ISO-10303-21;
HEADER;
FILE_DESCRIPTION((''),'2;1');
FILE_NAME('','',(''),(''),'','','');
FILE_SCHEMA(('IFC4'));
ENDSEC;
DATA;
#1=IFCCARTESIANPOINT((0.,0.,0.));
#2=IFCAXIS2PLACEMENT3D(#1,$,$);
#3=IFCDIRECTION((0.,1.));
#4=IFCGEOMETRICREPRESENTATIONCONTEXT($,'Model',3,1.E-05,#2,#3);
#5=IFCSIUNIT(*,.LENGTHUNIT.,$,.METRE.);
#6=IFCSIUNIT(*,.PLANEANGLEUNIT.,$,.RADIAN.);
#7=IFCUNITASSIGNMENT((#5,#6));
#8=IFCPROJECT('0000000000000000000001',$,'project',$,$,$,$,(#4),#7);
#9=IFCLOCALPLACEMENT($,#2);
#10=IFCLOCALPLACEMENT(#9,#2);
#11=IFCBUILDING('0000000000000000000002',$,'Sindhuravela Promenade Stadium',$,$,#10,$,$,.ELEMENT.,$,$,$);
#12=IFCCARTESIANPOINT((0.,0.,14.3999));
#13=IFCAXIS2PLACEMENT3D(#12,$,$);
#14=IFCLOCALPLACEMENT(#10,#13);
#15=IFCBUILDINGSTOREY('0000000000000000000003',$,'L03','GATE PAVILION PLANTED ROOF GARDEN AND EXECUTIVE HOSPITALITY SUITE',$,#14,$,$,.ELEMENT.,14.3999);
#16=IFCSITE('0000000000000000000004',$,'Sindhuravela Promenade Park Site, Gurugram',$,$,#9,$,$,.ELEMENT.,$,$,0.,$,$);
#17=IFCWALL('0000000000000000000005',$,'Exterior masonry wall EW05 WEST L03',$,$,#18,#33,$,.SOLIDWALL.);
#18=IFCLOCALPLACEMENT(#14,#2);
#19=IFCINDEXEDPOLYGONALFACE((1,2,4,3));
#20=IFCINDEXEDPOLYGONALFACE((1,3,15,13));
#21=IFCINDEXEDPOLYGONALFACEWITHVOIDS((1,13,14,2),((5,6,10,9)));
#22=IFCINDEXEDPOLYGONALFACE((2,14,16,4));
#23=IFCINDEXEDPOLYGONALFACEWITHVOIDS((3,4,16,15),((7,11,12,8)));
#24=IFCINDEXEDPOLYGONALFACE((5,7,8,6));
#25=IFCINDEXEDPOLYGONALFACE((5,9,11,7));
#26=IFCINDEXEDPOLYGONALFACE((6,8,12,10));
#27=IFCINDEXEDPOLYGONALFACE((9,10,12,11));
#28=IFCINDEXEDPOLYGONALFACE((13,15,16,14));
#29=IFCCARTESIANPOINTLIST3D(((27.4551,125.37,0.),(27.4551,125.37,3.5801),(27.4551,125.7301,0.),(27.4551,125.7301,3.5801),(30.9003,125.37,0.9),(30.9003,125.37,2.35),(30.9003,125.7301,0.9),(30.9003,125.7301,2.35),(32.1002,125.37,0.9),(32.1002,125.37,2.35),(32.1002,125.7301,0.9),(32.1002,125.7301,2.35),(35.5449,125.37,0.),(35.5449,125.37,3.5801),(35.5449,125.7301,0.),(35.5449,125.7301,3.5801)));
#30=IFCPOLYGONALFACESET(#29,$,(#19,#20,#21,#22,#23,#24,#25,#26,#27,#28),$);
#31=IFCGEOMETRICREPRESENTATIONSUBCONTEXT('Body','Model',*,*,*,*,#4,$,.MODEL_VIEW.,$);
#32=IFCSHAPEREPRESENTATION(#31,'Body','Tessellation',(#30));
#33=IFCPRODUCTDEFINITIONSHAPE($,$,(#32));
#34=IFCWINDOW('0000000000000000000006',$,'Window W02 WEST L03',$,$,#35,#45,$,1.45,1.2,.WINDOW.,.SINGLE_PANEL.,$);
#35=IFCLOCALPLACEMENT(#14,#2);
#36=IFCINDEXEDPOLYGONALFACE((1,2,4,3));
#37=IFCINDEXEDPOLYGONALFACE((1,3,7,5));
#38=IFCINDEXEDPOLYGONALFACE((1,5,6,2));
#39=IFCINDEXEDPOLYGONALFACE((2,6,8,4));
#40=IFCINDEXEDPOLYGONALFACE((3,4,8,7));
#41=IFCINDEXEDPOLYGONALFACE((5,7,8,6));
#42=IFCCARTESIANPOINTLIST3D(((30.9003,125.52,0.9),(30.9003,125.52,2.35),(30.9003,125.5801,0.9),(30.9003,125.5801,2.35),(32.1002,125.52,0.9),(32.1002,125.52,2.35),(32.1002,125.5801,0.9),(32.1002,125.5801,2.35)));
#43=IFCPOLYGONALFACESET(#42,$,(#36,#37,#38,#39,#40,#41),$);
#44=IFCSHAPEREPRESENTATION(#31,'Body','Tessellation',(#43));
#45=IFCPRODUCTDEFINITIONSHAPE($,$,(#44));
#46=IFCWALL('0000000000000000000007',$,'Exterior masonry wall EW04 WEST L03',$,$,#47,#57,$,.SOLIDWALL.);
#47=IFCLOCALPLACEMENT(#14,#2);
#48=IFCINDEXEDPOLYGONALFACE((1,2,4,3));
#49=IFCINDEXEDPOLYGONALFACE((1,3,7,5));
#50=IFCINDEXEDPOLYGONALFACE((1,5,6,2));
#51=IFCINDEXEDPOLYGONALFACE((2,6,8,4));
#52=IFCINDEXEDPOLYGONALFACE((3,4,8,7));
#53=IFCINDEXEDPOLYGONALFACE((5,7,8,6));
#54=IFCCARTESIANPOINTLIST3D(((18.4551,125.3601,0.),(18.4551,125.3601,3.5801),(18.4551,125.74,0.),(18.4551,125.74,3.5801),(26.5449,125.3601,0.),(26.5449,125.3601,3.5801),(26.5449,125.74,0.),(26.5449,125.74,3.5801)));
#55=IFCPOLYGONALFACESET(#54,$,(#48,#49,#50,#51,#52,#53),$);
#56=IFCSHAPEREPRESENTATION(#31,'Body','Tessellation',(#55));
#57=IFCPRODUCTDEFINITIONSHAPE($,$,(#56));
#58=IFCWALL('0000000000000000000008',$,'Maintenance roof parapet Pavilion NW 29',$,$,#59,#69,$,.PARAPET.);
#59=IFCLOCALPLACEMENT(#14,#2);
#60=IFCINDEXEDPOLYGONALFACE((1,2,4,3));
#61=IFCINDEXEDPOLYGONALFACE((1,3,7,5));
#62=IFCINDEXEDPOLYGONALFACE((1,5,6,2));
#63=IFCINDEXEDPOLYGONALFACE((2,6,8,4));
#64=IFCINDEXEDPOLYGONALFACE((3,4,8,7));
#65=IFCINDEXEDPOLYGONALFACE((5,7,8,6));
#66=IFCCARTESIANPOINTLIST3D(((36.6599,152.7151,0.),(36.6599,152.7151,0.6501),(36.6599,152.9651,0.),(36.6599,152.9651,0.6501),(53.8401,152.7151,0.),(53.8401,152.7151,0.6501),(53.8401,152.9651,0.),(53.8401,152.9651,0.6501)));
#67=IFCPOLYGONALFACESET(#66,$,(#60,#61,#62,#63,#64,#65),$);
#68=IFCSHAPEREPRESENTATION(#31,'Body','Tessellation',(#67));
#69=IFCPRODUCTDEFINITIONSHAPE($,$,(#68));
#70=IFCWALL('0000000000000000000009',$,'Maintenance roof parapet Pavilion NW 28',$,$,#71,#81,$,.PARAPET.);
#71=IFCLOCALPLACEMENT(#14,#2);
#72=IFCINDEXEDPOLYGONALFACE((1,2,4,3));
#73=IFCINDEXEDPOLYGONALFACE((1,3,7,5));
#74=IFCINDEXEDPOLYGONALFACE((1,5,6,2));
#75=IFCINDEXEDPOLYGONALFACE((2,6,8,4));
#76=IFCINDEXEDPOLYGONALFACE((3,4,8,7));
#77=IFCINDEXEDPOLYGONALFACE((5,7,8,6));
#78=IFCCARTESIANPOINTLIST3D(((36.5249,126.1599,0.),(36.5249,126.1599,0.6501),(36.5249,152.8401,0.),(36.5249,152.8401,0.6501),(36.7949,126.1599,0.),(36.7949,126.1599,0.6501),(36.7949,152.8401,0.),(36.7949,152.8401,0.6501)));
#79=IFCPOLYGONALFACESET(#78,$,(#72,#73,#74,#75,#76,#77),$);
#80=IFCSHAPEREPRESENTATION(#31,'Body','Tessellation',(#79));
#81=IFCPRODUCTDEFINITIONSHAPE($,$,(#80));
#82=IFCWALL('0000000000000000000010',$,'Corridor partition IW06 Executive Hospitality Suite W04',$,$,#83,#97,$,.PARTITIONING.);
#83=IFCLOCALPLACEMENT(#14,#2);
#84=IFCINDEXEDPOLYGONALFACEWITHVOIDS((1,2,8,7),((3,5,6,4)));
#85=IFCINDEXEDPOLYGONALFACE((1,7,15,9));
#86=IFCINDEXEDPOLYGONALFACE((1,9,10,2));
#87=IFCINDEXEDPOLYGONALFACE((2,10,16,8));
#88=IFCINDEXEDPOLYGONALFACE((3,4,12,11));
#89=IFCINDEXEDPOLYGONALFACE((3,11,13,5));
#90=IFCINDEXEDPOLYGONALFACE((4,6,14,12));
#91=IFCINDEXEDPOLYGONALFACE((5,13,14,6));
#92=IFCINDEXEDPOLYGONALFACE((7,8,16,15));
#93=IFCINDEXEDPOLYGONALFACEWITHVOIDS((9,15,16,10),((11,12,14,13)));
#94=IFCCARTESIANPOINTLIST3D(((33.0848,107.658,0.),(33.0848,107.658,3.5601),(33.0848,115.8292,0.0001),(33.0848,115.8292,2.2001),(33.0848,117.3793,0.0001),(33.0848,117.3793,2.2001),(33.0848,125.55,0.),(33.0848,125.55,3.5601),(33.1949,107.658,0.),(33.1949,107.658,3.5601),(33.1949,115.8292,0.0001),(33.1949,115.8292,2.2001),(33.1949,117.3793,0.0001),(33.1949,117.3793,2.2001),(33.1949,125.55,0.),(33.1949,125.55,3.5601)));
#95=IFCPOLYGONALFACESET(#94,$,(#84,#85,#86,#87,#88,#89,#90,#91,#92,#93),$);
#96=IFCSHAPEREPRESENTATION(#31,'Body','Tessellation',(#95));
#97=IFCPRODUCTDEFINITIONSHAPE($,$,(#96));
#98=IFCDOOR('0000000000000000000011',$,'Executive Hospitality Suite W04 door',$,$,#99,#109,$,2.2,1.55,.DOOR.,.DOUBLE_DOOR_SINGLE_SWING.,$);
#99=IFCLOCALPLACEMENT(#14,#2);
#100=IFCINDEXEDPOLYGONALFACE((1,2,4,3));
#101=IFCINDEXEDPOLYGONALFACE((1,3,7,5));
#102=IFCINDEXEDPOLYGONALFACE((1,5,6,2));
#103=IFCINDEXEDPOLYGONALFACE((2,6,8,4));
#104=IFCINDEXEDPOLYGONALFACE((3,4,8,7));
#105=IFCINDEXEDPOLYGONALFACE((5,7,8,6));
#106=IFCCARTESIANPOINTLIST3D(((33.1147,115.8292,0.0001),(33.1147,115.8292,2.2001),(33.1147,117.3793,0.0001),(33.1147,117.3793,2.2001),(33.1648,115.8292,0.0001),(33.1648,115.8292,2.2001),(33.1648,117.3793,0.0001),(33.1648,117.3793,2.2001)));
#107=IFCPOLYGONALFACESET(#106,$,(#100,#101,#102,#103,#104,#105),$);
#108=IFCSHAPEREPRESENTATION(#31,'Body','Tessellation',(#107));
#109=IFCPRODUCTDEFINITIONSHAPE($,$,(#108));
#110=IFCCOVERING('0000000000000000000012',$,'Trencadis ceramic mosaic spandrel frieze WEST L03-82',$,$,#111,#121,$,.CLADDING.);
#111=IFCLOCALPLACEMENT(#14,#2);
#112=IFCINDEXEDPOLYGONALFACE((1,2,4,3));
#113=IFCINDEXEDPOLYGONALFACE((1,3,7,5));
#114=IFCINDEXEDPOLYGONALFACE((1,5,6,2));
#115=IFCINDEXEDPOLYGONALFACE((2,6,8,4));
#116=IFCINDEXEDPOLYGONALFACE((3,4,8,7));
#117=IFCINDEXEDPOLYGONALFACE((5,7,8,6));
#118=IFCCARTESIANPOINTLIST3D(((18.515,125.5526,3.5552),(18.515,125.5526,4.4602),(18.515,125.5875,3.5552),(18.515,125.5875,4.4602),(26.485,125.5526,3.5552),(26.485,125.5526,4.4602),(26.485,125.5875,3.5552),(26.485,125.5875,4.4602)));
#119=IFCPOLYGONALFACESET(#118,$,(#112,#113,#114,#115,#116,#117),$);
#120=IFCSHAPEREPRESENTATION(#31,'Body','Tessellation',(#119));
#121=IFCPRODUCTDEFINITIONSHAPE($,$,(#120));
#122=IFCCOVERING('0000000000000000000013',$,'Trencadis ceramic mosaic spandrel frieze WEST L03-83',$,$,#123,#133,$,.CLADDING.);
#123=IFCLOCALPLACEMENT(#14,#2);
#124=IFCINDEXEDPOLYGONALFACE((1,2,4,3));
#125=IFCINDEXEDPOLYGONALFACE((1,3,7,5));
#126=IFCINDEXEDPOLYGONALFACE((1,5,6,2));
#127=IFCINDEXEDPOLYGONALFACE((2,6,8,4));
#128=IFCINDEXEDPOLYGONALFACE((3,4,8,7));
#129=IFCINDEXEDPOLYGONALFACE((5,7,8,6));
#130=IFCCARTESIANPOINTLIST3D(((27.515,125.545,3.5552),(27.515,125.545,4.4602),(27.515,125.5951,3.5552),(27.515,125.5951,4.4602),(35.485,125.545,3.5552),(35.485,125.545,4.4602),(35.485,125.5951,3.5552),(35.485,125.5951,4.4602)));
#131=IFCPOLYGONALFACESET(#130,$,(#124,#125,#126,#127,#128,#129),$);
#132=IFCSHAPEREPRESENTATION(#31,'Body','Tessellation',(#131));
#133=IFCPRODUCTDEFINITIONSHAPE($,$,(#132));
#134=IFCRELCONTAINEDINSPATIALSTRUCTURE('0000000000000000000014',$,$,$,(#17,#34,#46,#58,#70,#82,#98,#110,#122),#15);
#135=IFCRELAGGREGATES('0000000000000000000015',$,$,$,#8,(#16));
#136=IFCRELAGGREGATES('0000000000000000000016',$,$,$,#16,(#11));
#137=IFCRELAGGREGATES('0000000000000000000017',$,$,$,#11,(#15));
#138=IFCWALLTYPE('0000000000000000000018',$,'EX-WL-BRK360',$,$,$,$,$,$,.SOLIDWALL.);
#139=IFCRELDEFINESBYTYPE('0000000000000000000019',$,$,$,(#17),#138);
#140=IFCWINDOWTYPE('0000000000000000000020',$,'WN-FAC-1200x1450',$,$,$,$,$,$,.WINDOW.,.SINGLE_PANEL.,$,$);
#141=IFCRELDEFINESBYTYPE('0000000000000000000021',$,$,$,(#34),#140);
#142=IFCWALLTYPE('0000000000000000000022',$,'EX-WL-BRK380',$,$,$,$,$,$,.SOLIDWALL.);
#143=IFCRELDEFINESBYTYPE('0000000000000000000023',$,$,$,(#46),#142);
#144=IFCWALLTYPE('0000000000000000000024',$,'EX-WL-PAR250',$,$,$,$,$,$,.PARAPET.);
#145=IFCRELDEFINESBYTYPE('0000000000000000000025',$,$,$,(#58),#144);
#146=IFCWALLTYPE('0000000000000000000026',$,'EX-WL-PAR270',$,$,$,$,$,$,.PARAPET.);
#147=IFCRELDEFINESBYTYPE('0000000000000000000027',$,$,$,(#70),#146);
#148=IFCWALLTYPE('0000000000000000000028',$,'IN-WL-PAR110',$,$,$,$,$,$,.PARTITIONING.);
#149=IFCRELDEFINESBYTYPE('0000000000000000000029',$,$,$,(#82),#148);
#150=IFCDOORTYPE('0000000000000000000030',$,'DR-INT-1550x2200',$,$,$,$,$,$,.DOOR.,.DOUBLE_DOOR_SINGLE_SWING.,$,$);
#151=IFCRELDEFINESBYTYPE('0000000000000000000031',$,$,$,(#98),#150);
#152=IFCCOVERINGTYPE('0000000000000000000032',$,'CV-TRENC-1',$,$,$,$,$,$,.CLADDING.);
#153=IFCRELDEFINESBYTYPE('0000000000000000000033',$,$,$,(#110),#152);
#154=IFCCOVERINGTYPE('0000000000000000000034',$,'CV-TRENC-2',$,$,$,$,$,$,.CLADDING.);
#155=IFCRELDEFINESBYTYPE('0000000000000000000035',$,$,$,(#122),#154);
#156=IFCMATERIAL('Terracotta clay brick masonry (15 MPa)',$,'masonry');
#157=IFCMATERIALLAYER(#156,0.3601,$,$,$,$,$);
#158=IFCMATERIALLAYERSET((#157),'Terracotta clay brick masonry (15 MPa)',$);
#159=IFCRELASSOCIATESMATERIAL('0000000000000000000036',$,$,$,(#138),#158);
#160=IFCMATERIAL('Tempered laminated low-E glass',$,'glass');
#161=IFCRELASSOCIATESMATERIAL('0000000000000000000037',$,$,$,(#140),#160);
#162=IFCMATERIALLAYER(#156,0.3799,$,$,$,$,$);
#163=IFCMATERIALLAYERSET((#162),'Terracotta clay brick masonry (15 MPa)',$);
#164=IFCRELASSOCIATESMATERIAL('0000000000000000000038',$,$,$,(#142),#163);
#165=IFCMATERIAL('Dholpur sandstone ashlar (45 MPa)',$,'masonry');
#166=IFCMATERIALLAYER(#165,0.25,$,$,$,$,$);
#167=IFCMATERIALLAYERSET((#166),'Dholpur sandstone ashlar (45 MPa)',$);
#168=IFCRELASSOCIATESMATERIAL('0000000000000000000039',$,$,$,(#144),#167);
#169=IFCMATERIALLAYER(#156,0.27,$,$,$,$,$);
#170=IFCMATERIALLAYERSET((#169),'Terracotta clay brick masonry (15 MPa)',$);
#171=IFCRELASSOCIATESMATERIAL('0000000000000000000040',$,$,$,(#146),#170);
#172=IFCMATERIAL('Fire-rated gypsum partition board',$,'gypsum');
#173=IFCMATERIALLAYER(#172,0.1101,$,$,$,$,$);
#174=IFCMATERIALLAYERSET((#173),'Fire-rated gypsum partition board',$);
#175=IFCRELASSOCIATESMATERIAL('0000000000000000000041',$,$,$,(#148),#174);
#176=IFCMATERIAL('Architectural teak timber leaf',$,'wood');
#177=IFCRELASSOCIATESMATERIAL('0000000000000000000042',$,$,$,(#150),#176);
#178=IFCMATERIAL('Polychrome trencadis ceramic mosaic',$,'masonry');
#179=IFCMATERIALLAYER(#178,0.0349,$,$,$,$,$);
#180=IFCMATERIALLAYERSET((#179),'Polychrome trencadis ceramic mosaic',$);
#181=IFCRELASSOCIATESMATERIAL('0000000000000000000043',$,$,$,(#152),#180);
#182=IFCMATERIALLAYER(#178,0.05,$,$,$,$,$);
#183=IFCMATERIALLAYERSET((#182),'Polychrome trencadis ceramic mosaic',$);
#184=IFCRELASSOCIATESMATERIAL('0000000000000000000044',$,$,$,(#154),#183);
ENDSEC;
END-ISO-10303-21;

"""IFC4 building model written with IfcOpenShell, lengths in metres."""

from ifc_helpers import new_model, si_unit, direction, frame, frame_2d, origin, origin_2d, place, context, subcontext, project, spatial, rectangle, extrude, material, layer, layer_set, type_object, element, fill, save


model = new_model("IFC4")

# Units and contexts
model_context = context("Model", 3, precision=1e-05, world=origin(), true_north=direction((0.0, 1.0)))
body_context = subcontext(model_context, "Body", "Model", "MODEL_VIEW")
ifc_project = project(units=[si_unit("LENGTHUNIT", "METRE"), si_unit("PLANEANGLEUNIT", "RADIAN")], contexts=[model_context])

# Site, building, storey
site_placement = place(None, origin())
site = spatial("IfcSite", under=ifc_project, at=site_placement, Name="Sindhuravela Promenade Park Site, Gurugram", CompositionType="ELEMENT", RefElevation=0.0)
building_placement = place(site_placement, origin())
building = spatial("IfcBuilding", under=site, at=building_placement, Name="Sindhuravela Promenade Stadium", CompositionType="ELEMENT")
storey_placement = place(building_placement, frame((0.0, 0.0, 14.3999)))
storey = spatial("IfcBuildingStorey", under=building, at=storey_placement, Name="L03", Description="GATE PAVILION PLANTED ROOF GARDEN AND EXECUTIVE HOSPITALITY SUITE", CompositionType="ELEMENT", Elevation=14.3999)

# Wall, opening, window
ifc_material_1 = material(Name="Terracotta clay brick masonry (15 MPa)", Category="masonry")
ifc_layer_1 = layer(ifc_material_1, 0.3601)
ifc_layer_set_1 = layer_set([ifc_layer_1], Name="Terracotta clay brick masonry (15 MPa)")
wall_type_1 = type_object("IfcWallType", Name="EX-WL-BRK360", PredefinedType="SOLIDWALL", material=ifc_layer_set_1)
wall_1_placement = place(storey_placement, frame((27.4551, 125.55, 0.0), z_axis=(0.0, 0.0, 1.0), x_axis=(1.0, 0.0, 0.0)))
wall_1 = element("IfcWall", 1, at=wall_1_placement, inside=storey, type_object=wall_type_1, Name="Exterior masonry wall EW05 WEST L03", PredefinedType="SOLIDWALL", context=body_context, shape_type="SweptSolid", body=[
    extrude(rectangle(XDim=8.0898, YDim=0.3601, at=frame_2d((4.0449, 0.0))), origin(), (0.0, 0.0, 1.0), 3.5801),
])
opening_1_placement = place(wall_1_placement, frame((3.4451, 0.0, 0.8999)))
opening_1 = element("IfcOpeningElement", 2, at=opening_1_placement, cuts=wall_1, PredefinedType="OPENING", context=body_context, shape_type="SweptSolid", body=[
    extrude(rectangle(XDim=1.2, YDim=1.45, at=frame_2d((0.6001, 0.7251))), frame((0.0, 0.1899, 0.0), z_axis=(0.0, -1.0, 0.0), x_axis=(1.0, 0.0, 0.0)), (0.0, 0.0, 1.0), 0.3801),
])
ifc_material_2 = material(Name="Tempered laminated low-E glass", Category="glass")
window_type = type_object("IfcWindowType", Name="WN-FAC-1200x1450", PartitioningType="SINGLE_PANEL", PredefinedType="WINDOW", material=ifc_material_2)
window_placement = place(opening_1_placement, origin())
window = element("IfcWindow", 3, at=window_placement, inside=storey, type_object=window_type, Name="Window W02 WEST L03", OverallHeight=1.45, OverallWidth=1.2, PartitioningType="SINGLE_PANEL", PredefinedType="WINDOW", context=body_context, shape_type="SweptSolid", body=[
    extrude(rectangle(XDim=1.2, YDim=1.45, at=frame_2d((0.6001, 0.7251))), frame((0.0, 0.03, 0.0), z_axis=(0.0, -1.0, 0.0), x_axis=(1.0, 0.0, 0.0)), (0.0, 0.0, 1.0), 0.0601),
])
fill(opening_1, window)

# Walls
ifc_layer_2 = layer(ifc_material_1, 0.3799)
ifc_layer_set_2 = layer_set([ifc_layer_2], Name="Terracotta clay brick masonry (15 MPa)")
wall_type_2 = type_object("IfcWallType", Name="EX-WL-BRK380", PredefinedType="SOLIDWALL", material=ifc_layer_set_2)
wall_2_placement = place(storey_placement, frame((18.4551, 125.55, 0.0), z_axis=(0.0, 0.0, 1.0), x_axis=(1.0, 0.0, 0.0)))
element("IfcWall", 4, at=wall_2_placement, inside=storey, type_object=wall_type_2, Name="Exterior masonry wall EW04 WEST L03", PredefinedType="SOLIDWALL", context=body_context, shape_type="SweptSolid", body=[
    extrude(rectangle(XDim=8.0898, YDim=0.3799, at=frame_2d((4.0449, 0.0))), origin(), (0.0, 0.0, 1.0), 3.5801),
])
ifc_material_3 = material(Name="Dholpur sandstone ashlar (45 MPa)", Category="masonry")
ifc_layer_3 = layer(ifc_material_3, 0.25)
ifc_layer_set_3 = layer_set([ifc_layer_3], Name="Dholpur sandstone ashlar (45 MPa)")
wall_type_3 = type_object("IfcWallType", Name="EX-WL-PAR250", PredefinedType="PARAPET", material=ifc_layer_set_3)
wall_3_placement = place(storey_placement, frame((36.6599, 152.8401, 0.0), z_axis=(0.0, 0.0, 1.0), x_axis=(1.0, 0.0, 0.0)))
element("IfcWall", 5, at=wall_3_placement, inside=storey, type_object=wall_type_3, Name="Maintenance roof parapet Pavilion NW 29", PredefinedType="PARAPET", context=body_context, shape_type="SweptSolid", body=[
    extrude(rectangle(XDim=17.1802, YDim=0.25, at=frame_2d((8.5901, 0.0))), origin(), (0.0, 0.0, 1.0), 0.6501),
])
ifc_layer_4 = layer(ifc_material_1, 0.27)
ifc_layer_set_4 = layer_set([ifc_layer_4], Name="Terracotta clay brick masonry (15 MPa)")
wall_type_4 = type_object("IfcWallType", Name="EX-WL-PAR270", PredefinedType="PARAPET", material=ifc_layer_set_4)
wall_4_placement = place(storey_placement, frame((36.6599, 126.1599, 0.0), z_axis=(0.0, 0.0, 1.0), x_axis=(0.0, 1.0, 0.0)))
element("IfcWall", 6, at=wall_4_placement, inside=storey, type_object=wall_type_4, Name="Maintenance roof parapet Pavilion NW 28", PredefinedType="PARAPET", context=body_context, shape_type="SweptSolid", body=[
    extrude(rectangle(XDim=26.6802, YDim=0.27, at=frame_2d((13.3401, 0.0))), origin(), (0.0, 0.0, 1.0), 0.6501),
])

# Wall, opening, door
ifc_material_4 = material(Name="Fire-rated gypsum partition board", Category="gypsum")
ifc_layer_5 = layer(ifc_material_4, 0.1101)
ifc_layer_set_5 = layer_set([ifc_layer_5], Name="Fire-rated gypsum partition board")
wall_type_5 = type_object("IfcWallType", Name="IN-WL-PAR110", PredefinedType="PARTITIONING", material=ifc_layer_set_5)
wall_5_placement = place(storey_placement, frame((33.1399, 125.55, 0.0), z_axis=(0.0, 0.0, 1.0), x_axis=(0.0, -1.0, 0.0)))
wall_5 = element("IfcWall", 7, at=wall_5_placement, inside=storey, type_object=wall_type_5, Name="Corridor partition IW06 Executive Hospitality Suite W04", PredefinedType="PARTITIONING", context=body_context, shape_type="SweptSolid", body=[
    extrude(rectangle(XDim=17.8921, YDim=0.1101, at=frame_2d((8.946, 0.0))), origin(), (0.0, 0.0, 1.0), 3.5601),
])
opening_2_placement = place(wall_5_placement, frame((8.1709, 0.0, 0.0)))
opening_2 = element("IfcOpeningElement", 8, at=opening_2_placement, cuts=wall_5, PredefinedType="OPENING", context=body_context, shape_type="SweptSolid", body=[
    extrude(rectangle(XDim=1.55, YDim=2.2, at=frame_2d((0.7749, 1.1001))), frame((0.0, 0.0649, 0.0), z_axis=(0.0, -1.0, 0.0), x_axis=(1.0, 0.0, 0.0)), (0.0, 0.0, 1.0), 0.1301),
])
ifc_material_5 = material(Name="Architectural teak timber leaf", Category="wood")
door_type = type_object("IfcDoorType", Name="DR-INT-1550x2200", OperationType="DOUBLE_DOOR_SINGLE_SWING", PredefinedType="DOOR", material=ifc_material_5)
door_placement = place(opening_2_placement, origin())
door = element("IfcDoor", 9, at=door_placement, inside=storey, type_object=door_type, Name="Executive Hospitality Suite W04 door", OperationType="DOUBLE_DOOR_SINGLE_SWING", OverallHeight=2.2, OverallWidth=1.55, PredefinedType="DOOR", context=body_context, shape_type="SweptSolid", body=[
    extrude(rectangle(XDim=1.55, YDim=2.2, at=frame_2d((0.7749, 1.1001))), frame((0.0, 0.0249, 0.0), z_axis=(0.0, -1.0, 0.0), x_axis=(1.0, 0.0, 0.0)), (0.0, 0.0, 1.0), 0.05),
])
fill(opening_2, door)

# Coverings
ifc_material_6 = material(Name="Polychrome trencadis ceramic mosaic", Category="masonry")
ifc_layer_6 = layer(ifc_material_6, 0.0349)
ifc_layer_set_6 = layer_set([ifc_layer_6], Name="Polychrome trencadis ceramic mosaic")
covering_type_1 = type_object("IfcCoveringType", Name="CV-TRENC-1", PredefinedType="CLADDING", material=ifc_layer_set_6)
covering_1_placement = place(storey_placement, frame((22.5, 125.5701, 3.5552), z_axis=(0.0, 0.0, 1.0), x_axis=(1.0, 0.0, 0.0)))
element("IfcCovering", 10, at=covering_1_placement, inside=storey, type_object=covering_type_1, Name="Trencadis ceramic mosaic spandrel frieze WEST L03-82", PredefinedType="CLADDING", context=body_context, shape_type="SweptSolid", body=[
    extrude(rectangle(XDim=7.97, YDim=0.0349, at=origin_2d()), origin(), (0.0, 0.0, 1.0), 0.905),
])
ifc_layer_7 = layer(ifc_material_6, 0.05)
ifc_layer_set_7 = layer_set([ifc_layer_7], Name="Polychrome trencadis ceramic mosaic")
covering_type_2 = type_object("IfcCoveringType", Name="CV-TRENC-2", PredefinedType="CLADDING", material=ifc_layer_set_7)
covering_2_placement = place(storey_placement, frame((31.5, 125.5701, 3.5552), z_axis=(0.0, 0.0, 1.0), x_axis=(1.0, 0.0, 0.0)))
element("IfcCovering", 11, at=covering_2_placement, inside=storey, type_object=covering_type_2, Name="Trencadis ceramic mosaic spandrel frieze WEST L03-83", PredefinedType="CLADDING", context=body_context, shape_type="SweptSolid", body=[
    extrude(rectangle(XDim=7.97, YDim=0.05, at=origin_2d()), origin(), (0.0, 0.0, 1.0), 0.905),
])

save(model, "model.ifc")
